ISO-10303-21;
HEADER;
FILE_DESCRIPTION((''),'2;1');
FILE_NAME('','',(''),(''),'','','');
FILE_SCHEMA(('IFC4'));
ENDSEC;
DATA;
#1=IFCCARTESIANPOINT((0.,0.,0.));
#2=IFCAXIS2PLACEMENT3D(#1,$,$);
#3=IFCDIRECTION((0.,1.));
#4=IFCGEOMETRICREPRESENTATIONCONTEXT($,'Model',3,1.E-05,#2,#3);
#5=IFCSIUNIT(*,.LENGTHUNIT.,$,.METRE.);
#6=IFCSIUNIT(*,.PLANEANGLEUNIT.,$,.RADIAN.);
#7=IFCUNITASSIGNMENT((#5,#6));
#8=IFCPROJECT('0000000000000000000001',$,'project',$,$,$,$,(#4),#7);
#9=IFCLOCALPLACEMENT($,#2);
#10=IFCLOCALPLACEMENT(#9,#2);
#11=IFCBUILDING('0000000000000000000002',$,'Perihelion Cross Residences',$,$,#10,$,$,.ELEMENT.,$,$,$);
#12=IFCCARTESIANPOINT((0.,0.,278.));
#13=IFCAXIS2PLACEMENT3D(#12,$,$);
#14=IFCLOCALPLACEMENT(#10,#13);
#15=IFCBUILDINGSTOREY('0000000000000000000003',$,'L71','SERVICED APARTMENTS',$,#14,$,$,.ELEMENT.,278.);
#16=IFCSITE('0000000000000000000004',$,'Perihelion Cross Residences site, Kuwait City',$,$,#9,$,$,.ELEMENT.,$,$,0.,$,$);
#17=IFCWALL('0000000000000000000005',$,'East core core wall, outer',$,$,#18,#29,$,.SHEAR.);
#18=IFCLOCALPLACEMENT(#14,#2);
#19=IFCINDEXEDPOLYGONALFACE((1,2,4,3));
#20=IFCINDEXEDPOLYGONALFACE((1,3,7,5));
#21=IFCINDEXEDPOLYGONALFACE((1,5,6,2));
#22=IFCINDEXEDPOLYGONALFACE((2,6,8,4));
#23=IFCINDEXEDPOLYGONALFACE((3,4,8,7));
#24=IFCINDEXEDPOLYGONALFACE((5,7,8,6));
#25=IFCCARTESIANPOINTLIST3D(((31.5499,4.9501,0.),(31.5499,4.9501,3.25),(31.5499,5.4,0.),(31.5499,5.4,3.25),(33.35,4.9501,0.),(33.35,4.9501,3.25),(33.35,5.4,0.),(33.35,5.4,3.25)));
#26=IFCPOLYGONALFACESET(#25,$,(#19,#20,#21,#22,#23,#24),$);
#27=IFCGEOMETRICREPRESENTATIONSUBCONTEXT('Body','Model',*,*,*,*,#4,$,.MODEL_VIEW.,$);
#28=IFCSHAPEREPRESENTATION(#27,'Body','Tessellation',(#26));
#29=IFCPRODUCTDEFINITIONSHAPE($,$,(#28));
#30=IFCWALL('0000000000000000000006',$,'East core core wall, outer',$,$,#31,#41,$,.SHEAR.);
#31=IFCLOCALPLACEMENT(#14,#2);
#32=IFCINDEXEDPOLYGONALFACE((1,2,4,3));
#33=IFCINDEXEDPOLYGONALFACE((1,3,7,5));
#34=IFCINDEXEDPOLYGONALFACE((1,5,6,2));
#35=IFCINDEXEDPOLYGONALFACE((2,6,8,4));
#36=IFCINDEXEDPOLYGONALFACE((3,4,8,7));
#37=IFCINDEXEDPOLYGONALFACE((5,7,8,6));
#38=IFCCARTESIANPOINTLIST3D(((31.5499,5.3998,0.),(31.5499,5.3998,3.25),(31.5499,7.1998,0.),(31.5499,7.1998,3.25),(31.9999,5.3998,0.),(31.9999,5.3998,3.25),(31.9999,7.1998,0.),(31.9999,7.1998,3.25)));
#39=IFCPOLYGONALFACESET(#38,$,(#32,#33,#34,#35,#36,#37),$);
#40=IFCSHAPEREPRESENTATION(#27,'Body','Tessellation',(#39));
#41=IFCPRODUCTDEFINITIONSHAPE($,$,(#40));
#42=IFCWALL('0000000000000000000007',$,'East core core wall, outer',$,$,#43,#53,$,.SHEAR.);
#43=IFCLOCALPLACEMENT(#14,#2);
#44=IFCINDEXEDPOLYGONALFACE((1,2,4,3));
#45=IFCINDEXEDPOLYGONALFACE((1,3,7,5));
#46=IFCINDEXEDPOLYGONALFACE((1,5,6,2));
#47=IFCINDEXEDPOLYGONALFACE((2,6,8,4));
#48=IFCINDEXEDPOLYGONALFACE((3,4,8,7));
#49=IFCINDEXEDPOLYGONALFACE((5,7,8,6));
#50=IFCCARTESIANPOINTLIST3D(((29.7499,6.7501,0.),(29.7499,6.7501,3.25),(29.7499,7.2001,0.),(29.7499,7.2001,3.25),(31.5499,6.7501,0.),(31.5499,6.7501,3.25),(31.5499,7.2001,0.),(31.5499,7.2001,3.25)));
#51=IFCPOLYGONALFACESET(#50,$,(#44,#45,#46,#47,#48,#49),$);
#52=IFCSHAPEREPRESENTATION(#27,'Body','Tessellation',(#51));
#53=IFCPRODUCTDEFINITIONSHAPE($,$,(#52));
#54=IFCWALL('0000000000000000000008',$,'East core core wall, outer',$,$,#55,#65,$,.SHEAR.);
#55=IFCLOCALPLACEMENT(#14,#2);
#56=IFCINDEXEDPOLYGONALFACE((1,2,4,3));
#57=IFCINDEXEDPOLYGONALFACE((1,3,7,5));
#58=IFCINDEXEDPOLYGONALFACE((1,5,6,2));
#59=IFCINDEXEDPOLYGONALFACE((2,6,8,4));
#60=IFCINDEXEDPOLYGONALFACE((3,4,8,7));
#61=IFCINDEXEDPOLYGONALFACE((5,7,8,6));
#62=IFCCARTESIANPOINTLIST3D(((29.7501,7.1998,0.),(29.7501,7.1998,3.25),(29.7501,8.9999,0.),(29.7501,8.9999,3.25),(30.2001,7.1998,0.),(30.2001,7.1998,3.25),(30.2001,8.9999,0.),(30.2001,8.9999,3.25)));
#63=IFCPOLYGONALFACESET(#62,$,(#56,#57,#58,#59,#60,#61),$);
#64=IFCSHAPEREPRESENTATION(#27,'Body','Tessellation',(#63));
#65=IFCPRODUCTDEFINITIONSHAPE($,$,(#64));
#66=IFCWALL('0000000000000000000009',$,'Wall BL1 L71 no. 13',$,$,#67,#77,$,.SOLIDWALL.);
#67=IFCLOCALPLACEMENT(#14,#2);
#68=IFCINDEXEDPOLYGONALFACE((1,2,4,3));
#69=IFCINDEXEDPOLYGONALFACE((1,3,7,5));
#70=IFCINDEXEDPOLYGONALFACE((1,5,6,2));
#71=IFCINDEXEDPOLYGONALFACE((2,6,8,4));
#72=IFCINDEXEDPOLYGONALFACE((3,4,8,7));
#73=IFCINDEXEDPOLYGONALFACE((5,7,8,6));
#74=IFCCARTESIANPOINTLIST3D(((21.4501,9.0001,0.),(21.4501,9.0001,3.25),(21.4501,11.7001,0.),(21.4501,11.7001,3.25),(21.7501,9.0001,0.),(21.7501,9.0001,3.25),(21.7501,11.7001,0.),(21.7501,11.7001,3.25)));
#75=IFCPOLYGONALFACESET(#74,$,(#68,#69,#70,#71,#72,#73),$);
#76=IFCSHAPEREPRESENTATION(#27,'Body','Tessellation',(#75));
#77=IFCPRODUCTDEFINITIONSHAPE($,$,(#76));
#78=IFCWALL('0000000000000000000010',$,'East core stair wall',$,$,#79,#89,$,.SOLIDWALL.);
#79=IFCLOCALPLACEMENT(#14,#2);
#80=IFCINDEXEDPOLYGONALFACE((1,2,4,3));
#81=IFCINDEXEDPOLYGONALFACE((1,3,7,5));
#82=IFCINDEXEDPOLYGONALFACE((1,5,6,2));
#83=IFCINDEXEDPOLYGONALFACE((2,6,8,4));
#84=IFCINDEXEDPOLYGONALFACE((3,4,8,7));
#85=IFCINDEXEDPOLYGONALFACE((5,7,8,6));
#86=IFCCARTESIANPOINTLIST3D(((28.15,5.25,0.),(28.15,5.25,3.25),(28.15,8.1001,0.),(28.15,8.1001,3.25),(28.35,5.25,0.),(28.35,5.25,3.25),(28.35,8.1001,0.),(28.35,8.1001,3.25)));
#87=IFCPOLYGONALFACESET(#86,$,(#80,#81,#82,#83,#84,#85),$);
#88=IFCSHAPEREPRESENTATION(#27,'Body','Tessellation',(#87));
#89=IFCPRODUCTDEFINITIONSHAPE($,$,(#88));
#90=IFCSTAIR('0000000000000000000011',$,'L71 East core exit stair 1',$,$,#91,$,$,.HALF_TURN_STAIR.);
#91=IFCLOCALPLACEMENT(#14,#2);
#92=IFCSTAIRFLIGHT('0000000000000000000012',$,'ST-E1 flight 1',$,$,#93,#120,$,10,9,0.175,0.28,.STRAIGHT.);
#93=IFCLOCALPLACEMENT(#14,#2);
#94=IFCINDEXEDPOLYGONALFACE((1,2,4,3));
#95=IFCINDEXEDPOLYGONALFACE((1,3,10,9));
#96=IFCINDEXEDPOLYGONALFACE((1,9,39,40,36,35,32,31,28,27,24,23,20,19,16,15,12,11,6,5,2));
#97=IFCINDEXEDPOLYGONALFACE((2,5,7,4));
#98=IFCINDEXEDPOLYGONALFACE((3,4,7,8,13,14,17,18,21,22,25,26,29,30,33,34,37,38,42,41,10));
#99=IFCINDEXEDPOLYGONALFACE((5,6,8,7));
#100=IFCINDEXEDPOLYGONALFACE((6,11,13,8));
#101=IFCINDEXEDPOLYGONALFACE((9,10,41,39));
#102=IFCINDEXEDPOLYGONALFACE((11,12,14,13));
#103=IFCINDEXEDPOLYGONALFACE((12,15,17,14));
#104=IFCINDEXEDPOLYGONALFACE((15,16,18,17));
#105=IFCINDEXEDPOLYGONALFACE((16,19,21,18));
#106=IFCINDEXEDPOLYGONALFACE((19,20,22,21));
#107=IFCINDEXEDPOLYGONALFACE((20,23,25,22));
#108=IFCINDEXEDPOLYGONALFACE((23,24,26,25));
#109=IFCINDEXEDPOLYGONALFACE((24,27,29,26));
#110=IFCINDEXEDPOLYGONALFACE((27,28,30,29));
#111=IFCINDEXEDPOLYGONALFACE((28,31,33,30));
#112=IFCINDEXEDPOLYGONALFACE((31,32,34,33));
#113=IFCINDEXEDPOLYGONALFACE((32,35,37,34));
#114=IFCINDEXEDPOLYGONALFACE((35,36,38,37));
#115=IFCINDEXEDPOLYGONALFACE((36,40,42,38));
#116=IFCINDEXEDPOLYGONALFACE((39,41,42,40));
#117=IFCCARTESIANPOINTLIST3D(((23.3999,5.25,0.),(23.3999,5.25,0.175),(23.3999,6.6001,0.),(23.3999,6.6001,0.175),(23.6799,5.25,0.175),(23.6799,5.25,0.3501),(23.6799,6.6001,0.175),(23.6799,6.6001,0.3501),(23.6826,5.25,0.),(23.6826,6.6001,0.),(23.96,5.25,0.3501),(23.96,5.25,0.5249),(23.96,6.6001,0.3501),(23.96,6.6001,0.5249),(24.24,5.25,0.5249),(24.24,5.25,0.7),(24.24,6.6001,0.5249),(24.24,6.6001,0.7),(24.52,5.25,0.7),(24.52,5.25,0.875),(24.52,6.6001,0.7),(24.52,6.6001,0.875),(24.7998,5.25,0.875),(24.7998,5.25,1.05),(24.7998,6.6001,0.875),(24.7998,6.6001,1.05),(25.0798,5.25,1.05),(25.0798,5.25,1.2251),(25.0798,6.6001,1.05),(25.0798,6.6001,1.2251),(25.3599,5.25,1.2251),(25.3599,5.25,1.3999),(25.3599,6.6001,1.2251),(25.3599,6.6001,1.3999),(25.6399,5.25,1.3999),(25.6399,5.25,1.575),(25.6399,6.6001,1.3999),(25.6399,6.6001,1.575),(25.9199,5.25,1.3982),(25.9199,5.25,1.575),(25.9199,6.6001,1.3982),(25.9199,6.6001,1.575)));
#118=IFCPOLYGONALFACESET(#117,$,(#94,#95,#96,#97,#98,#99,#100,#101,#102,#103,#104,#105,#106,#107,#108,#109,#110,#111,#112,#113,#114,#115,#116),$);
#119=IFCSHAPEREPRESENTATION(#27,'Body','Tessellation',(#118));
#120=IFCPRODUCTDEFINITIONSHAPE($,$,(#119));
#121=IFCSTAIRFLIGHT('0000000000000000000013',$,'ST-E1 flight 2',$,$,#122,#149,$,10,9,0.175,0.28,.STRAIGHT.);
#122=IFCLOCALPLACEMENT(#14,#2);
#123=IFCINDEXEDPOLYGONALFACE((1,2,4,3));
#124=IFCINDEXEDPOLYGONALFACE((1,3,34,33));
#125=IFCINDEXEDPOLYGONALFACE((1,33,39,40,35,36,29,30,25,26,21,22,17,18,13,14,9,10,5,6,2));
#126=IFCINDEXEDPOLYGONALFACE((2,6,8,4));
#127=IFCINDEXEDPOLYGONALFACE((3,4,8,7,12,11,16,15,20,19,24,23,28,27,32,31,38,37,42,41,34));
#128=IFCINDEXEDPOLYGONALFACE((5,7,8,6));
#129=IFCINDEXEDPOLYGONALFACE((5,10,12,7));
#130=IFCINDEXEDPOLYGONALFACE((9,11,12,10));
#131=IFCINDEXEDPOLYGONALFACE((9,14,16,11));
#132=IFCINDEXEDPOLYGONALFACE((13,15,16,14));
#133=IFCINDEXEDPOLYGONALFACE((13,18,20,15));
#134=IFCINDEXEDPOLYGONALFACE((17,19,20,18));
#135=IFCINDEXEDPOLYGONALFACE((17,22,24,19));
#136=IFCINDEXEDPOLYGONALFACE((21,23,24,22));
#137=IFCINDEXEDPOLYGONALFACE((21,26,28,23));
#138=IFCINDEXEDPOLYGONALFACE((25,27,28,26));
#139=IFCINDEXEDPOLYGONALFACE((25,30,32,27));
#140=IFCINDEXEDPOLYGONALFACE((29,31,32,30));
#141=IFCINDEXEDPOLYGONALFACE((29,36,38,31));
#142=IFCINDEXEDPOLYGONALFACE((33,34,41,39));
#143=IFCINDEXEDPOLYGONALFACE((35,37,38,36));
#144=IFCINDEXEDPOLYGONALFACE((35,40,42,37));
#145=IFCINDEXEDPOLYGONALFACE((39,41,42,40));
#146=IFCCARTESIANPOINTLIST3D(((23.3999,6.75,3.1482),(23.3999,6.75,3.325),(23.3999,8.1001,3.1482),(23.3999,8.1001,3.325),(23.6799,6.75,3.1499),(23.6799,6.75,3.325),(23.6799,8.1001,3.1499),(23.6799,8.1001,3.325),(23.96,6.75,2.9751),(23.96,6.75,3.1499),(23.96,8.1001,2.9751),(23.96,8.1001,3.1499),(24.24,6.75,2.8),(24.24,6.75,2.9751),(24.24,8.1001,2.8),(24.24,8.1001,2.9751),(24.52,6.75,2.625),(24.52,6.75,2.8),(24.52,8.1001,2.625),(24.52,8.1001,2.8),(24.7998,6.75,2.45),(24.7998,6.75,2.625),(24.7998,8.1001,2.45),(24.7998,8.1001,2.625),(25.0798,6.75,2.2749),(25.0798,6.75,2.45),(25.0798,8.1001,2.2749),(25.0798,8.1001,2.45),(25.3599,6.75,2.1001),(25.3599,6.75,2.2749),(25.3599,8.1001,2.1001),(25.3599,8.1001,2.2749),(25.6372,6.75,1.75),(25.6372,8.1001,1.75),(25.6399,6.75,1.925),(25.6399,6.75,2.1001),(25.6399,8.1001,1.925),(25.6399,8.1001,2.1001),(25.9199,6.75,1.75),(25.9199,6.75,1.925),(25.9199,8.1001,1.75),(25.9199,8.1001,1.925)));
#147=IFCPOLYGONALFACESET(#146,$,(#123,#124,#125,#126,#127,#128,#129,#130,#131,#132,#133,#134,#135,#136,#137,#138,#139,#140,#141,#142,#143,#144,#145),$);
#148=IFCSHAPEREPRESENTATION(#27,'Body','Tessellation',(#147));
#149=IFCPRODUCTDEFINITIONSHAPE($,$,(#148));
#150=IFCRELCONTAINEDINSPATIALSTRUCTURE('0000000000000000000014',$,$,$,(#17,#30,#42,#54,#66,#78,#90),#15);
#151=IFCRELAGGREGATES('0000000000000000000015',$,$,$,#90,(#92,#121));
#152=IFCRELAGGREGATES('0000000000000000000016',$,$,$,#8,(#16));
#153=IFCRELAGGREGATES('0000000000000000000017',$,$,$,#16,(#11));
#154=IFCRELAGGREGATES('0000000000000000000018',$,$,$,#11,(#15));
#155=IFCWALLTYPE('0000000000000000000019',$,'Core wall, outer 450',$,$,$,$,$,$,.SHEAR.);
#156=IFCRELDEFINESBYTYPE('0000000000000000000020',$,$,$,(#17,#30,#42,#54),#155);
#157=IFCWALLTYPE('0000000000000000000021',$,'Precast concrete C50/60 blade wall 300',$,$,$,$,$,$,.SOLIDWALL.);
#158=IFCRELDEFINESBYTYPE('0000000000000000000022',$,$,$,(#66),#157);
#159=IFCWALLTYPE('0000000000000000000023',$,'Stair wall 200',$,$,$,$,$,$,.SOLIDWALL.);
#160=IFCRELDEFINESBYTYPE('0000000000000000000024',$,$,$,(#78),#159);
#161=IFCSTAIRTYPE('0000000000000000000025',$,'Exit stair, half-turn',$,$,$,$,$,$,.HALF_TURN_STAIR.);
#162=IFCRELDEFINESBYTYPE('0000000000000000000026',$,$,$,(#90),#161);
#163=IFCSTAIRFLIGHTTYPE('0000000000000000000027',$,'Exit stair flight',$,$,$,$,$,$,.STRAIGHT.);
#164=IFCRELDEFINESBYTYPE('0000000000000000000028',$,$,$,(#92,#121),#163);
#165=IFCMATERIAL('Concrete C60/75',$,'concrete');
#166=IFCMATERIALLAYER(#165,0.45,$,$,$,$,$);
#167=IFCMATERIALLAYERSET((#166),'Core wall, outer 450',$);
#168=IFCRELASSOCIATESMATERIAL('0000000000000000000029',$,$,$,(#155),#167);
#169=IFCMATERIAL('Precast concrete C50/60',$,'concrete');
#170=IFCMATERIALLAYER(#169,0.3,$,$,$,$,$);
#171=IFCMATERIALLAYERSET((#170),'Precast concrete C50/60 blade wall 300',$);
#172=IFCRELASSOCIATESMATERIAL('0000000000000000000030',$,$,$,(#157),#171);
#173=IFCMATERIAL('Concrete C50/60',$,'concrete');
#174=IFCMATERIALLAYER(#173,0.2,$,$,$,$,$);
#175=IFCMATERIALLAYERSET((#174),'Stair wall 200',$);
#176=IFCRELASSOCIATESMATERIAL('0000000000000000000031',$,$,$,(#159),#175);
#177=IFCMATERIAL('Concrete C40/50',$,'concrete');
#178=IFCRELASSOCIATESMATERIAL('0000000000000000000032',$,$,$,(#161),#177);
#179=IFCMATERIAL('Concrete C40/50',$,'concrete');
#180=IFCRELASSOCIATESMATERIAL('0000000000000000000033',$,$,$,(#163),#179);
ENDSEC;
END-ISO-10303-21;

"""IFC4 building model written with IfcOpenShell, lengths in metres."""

from ifc_helpers import new_model, si_unit, direction, frame, frame_2d, origin, place, context, subcontext, project, spatial, polyline, rectangle, outline, extrude, material, layer, layer_set, type_object, element, aggregate, save


model = new_model("IFC4")

# Units and contexts
model_context = context("Model", 3, precision=1e-05, world=origin(), true_north=direction((0.0, 1.0)))
body_context = subcontext(model_context, "Body", "Model", "MODEL_VIEW")
ifc_project = project(units=[si_unit("LENGTHUNIT", "METRE"), si_unit("PLANEANGLEUNIT", "RADIAN")], contexts=[model_context])

# Site, building, storey
site_placement = place(None, origin())
site = spatial("IfcSite", under=ifc_project, at=site_placement, Name="Perihelion Cross Residences site, Kuwait City", CompositionType="ELEMENT", RefElevation=0.0)
building_placement = place(site_placement, origin())
building = spatial("IfcBuilding", under=site, at=building_placement, Name="Perihelion Cross Residences", CompositionType="ELEMENT")
storey_placement = place(building_placement, frame((0.0, 0.0, 278.0)))
storey = spatial("IfcBuildingStorey", under=building, at=storey_placement, Name="L71", Description="SERVICED APARTMENTS", CompositionType="ELEMENT", Elevation=278.0)

# Walls
ifc_material_1 = material(Name="Concrete C60/75", Category="concrete")
ifc_layer_1 = layer(ifc_material_1, 0.45)
ifc_layer_set_1 = layer_set([ifc_layer_1], Name="Core wall, outer 450")
wall_type_1 = type_object("IfcWallType", Name="Core wall, outer 450", PredefinedType="SHEAR", material=ifc_layer_set_1)
for number, where, z_axis, x_axis, name in (
    (1, (31.55, 5.175, 0.0), (0.0, 0.0, 1.0), (1.0, 0.0, 0.0), "East core core wall, outer"),
    (2, (31.7749, 5.3999, 0.0), (0.0, 0.0, 1.0), (0.0, 1.0, 0.0), "East core core wall, outer"),
    (3, (29.75, 6.9751, 0.0), (0.0, 0.0, 1.0), (1.0, 0.0, 0.0), "East core core wall, outer"),
    (4, (29.9751, 7.2, 0.0), (0.0, 0.0, 1.0), (0.0, 1.0, 0.0), "East core core wall, outer"),
):
    element("IfcWall", number, at=place(storey_placement, frame(where, z_axis=z_axis, x_axis=x_axis)), inside=storey, type_object=wall_type_1, Name=name, PredefinedType="SHEAR", context=body_context, shape_type="SweptSolid", body=[
        extrude(rectangle(XDim=1.8, YDim=0.45, at=frame_2d((0.8999, 0.0))), origin(), (0.0, 0.0, 1.0), 3.25),
    ])
ifc_material_2 = material(Name="Precast concrete C50/60", Category="concrete")
ifc_layer_2 = layer(ifc_material_2, 0.3)
ifc_layer_set_2 = layer_set([ifc_layer_2], Name="Precast concrete C50/60 blade wall 300")
wall_type_2 = type_object("IfcWallType", Name="Precast concrete C50/60 blade wall 300", PredefinedType="SOLIDWALL", material=ifc_layer_set_2)
wall_1_placement = place(storey_placement, frame((21.6001, 9.0, 0.0), z_axis=(0.0, 0.0, 1.0), x_axis=(0.0, 1.0, 0.0)))
element("IfcWall", 5, at=wall_1_placement, inside=storey, type_object=wall_type_2, Name="Wall BL1 L71 no. 13", PredefinedType="SOLIDWALL", context=body_context, shape_type="SweptSolid", body=[
    extrude(rectangle(XDim=2.7, YDim=0.3, at=frame_2d((1.3501, 0.0))), origin(), (0.0, 0.0, 1.0), 3.25),
])
ifc_material_3 = material(Name="Concrete C50/60", Category="concrete")
ifc_layer_3 = layer(ifc_material_3, 0.2)
ifc_layer_set_3 = layer_set([ifc_layer_3], Name="Stair wall 200")
wall_type_3 = type_object("IfcWallType", Name="Stair wall 200", PredefinedType="SOLIDWALL", material=ifc_layer_set_3)
wall_2_placement = place(storey_placement, frame((28.25, 5.25, 0.0), z_axis=(0.0, 0.0, 1.0), x_axis=(0.0, 1.0, 0.0)))
element("IfcWall", 6, at=wall_2_placement, inside=storey, type_object=wall_type_3, Name="East core stair wall", PredefinedType="SOLIDWALL", context=body_context, shape_type="SweptSolid", body=[
    extrude(rectangle(XDim=2.8501, YDim=0.2, at=frame_2d((1.425, 0.0))), origin(), (0.0, 0.0, 1.0), 3.25),
])

# Stair, stair flights
ifc_material_4 = material(Name="Concrete C40/50", Category="concrete")
stair_type = type_object("IfcStairType", Name="Exit stair, half-turn", PredefinedType="HALF_TURN_STAIR", material=ifc_material_4)
stair_placement = place(storey_placement, origin())
stair = element("IfcStair", 7, at=stair_placement, inside=storey, type_object=stair_type, Name="L71 East core exit stair 1", PredefinedType="HALF_TURN_STAIR")
ifc_material_5 = material(Name="Concrete C40/50", Category="concrete")
stair_flight_type = type_object("IfcStairFlightType", Name="Exit stair flight", PredefinedType="STRAIGHT", material=ifc_material_5)
stair_flight_1_placement = place(storey_placement, frame((23.3999, 5.925, 0.0), z_axis=(0.0, 0.0, 1.0), x_axis=(1.0, 0.0, 0.0)))
stair_flight_1 = element("IfcStairFlight", 8, at=stair_flight_1_placement, type_object=stair_flight_type, Name="ST-E1 flight 1", NumberOfRisers=10, NumberOfTreads=9, PredefinedType="STRAIGHT", RiserHeight=0.175, TreadLength=0.28, context=body_context, shape_type="SweptSolid", body=[
    extrude(outline(polyline([(0.0, 0.0), (0.0, 0.175), (0.28, 0.175), (0.28, 0.3501), (0.5601, 0.3501), (0.5601, 0.5249), (0.8401, 0.5249), (0.8401, 0.7), (1.1201, 0.7), (1.1201, 0.875), (1.3999, 0.875), (1.3999, 1.05), (1.6799, 1.05), (1.6799, 1.2251), (1.96, 1.2251), (1.96, 1.3999), (2.24, 1.3999), (2.24, 1.575), (2.52, 1.575), (2.52, 1.75), (2.52, 1.3982), (0.2827, 0.0), (0.0, 0.0)])), frame((0.0, 0.675, 0.0), z_axis=(0.0, -1.0, 0.0), x_axis=(1.0, 0.0, 0.0)), (0.0, 0.0, 1.0), 1.3501),
])
stair_flight_2_placement = place(storey_placement, frame((25.9199, 7.425, 1.75), z_axis=(0.0, 0.0, 1.0), x_axis=(-1.0, 0.0, 0.0)))
stair_flight_2 = element("IfcStairFlight", 9, at=stair_flight_2_placement, type_object=stair_flight_type, Name="ST-E1 flight 2", NumberOfRisers=10, NumberOfTreads=9, PredefinedType="STRAIGHT", RiserHeight=0.175, TreadLength=0.28, context=body_context, shape_type="SweptSolid", body=[
    extrude(outline(polyline([(0.0, 0.0), (0.0, 0.175), (0.28, 0.175), (0.28, 0.3501), (0.5601, 0.3501), (0.5601, 0.5249), (0.8401, 0.5249), (0.8401, 0.7), (1.1201, 0.7), (1.1201, 0.875), (1.3999, 0.875), (1.3999, 1.05), (1.6799, 1.05), (1.6799, 1.2251), (1.96, 1.2251), (1.96, 1.3999), (2.24, 1.3999), (2.24, 1.575), (2.52, 1.575), (2.52, 1.75), (2.52, 1.3982), (0.2827, 0.0), (0.0, 0.0)])), frame((0.0, 0.675, 0.0), z_axis=(0.0, -1.0, 0.0), x_axis=(1.0, 0.0, 0.0)), (0.0, 0.0, 1.0), 1.3501),
])
aggregate(stair, [stair_flight_1, stair_flight_2])

save(model, "model.ifc")
